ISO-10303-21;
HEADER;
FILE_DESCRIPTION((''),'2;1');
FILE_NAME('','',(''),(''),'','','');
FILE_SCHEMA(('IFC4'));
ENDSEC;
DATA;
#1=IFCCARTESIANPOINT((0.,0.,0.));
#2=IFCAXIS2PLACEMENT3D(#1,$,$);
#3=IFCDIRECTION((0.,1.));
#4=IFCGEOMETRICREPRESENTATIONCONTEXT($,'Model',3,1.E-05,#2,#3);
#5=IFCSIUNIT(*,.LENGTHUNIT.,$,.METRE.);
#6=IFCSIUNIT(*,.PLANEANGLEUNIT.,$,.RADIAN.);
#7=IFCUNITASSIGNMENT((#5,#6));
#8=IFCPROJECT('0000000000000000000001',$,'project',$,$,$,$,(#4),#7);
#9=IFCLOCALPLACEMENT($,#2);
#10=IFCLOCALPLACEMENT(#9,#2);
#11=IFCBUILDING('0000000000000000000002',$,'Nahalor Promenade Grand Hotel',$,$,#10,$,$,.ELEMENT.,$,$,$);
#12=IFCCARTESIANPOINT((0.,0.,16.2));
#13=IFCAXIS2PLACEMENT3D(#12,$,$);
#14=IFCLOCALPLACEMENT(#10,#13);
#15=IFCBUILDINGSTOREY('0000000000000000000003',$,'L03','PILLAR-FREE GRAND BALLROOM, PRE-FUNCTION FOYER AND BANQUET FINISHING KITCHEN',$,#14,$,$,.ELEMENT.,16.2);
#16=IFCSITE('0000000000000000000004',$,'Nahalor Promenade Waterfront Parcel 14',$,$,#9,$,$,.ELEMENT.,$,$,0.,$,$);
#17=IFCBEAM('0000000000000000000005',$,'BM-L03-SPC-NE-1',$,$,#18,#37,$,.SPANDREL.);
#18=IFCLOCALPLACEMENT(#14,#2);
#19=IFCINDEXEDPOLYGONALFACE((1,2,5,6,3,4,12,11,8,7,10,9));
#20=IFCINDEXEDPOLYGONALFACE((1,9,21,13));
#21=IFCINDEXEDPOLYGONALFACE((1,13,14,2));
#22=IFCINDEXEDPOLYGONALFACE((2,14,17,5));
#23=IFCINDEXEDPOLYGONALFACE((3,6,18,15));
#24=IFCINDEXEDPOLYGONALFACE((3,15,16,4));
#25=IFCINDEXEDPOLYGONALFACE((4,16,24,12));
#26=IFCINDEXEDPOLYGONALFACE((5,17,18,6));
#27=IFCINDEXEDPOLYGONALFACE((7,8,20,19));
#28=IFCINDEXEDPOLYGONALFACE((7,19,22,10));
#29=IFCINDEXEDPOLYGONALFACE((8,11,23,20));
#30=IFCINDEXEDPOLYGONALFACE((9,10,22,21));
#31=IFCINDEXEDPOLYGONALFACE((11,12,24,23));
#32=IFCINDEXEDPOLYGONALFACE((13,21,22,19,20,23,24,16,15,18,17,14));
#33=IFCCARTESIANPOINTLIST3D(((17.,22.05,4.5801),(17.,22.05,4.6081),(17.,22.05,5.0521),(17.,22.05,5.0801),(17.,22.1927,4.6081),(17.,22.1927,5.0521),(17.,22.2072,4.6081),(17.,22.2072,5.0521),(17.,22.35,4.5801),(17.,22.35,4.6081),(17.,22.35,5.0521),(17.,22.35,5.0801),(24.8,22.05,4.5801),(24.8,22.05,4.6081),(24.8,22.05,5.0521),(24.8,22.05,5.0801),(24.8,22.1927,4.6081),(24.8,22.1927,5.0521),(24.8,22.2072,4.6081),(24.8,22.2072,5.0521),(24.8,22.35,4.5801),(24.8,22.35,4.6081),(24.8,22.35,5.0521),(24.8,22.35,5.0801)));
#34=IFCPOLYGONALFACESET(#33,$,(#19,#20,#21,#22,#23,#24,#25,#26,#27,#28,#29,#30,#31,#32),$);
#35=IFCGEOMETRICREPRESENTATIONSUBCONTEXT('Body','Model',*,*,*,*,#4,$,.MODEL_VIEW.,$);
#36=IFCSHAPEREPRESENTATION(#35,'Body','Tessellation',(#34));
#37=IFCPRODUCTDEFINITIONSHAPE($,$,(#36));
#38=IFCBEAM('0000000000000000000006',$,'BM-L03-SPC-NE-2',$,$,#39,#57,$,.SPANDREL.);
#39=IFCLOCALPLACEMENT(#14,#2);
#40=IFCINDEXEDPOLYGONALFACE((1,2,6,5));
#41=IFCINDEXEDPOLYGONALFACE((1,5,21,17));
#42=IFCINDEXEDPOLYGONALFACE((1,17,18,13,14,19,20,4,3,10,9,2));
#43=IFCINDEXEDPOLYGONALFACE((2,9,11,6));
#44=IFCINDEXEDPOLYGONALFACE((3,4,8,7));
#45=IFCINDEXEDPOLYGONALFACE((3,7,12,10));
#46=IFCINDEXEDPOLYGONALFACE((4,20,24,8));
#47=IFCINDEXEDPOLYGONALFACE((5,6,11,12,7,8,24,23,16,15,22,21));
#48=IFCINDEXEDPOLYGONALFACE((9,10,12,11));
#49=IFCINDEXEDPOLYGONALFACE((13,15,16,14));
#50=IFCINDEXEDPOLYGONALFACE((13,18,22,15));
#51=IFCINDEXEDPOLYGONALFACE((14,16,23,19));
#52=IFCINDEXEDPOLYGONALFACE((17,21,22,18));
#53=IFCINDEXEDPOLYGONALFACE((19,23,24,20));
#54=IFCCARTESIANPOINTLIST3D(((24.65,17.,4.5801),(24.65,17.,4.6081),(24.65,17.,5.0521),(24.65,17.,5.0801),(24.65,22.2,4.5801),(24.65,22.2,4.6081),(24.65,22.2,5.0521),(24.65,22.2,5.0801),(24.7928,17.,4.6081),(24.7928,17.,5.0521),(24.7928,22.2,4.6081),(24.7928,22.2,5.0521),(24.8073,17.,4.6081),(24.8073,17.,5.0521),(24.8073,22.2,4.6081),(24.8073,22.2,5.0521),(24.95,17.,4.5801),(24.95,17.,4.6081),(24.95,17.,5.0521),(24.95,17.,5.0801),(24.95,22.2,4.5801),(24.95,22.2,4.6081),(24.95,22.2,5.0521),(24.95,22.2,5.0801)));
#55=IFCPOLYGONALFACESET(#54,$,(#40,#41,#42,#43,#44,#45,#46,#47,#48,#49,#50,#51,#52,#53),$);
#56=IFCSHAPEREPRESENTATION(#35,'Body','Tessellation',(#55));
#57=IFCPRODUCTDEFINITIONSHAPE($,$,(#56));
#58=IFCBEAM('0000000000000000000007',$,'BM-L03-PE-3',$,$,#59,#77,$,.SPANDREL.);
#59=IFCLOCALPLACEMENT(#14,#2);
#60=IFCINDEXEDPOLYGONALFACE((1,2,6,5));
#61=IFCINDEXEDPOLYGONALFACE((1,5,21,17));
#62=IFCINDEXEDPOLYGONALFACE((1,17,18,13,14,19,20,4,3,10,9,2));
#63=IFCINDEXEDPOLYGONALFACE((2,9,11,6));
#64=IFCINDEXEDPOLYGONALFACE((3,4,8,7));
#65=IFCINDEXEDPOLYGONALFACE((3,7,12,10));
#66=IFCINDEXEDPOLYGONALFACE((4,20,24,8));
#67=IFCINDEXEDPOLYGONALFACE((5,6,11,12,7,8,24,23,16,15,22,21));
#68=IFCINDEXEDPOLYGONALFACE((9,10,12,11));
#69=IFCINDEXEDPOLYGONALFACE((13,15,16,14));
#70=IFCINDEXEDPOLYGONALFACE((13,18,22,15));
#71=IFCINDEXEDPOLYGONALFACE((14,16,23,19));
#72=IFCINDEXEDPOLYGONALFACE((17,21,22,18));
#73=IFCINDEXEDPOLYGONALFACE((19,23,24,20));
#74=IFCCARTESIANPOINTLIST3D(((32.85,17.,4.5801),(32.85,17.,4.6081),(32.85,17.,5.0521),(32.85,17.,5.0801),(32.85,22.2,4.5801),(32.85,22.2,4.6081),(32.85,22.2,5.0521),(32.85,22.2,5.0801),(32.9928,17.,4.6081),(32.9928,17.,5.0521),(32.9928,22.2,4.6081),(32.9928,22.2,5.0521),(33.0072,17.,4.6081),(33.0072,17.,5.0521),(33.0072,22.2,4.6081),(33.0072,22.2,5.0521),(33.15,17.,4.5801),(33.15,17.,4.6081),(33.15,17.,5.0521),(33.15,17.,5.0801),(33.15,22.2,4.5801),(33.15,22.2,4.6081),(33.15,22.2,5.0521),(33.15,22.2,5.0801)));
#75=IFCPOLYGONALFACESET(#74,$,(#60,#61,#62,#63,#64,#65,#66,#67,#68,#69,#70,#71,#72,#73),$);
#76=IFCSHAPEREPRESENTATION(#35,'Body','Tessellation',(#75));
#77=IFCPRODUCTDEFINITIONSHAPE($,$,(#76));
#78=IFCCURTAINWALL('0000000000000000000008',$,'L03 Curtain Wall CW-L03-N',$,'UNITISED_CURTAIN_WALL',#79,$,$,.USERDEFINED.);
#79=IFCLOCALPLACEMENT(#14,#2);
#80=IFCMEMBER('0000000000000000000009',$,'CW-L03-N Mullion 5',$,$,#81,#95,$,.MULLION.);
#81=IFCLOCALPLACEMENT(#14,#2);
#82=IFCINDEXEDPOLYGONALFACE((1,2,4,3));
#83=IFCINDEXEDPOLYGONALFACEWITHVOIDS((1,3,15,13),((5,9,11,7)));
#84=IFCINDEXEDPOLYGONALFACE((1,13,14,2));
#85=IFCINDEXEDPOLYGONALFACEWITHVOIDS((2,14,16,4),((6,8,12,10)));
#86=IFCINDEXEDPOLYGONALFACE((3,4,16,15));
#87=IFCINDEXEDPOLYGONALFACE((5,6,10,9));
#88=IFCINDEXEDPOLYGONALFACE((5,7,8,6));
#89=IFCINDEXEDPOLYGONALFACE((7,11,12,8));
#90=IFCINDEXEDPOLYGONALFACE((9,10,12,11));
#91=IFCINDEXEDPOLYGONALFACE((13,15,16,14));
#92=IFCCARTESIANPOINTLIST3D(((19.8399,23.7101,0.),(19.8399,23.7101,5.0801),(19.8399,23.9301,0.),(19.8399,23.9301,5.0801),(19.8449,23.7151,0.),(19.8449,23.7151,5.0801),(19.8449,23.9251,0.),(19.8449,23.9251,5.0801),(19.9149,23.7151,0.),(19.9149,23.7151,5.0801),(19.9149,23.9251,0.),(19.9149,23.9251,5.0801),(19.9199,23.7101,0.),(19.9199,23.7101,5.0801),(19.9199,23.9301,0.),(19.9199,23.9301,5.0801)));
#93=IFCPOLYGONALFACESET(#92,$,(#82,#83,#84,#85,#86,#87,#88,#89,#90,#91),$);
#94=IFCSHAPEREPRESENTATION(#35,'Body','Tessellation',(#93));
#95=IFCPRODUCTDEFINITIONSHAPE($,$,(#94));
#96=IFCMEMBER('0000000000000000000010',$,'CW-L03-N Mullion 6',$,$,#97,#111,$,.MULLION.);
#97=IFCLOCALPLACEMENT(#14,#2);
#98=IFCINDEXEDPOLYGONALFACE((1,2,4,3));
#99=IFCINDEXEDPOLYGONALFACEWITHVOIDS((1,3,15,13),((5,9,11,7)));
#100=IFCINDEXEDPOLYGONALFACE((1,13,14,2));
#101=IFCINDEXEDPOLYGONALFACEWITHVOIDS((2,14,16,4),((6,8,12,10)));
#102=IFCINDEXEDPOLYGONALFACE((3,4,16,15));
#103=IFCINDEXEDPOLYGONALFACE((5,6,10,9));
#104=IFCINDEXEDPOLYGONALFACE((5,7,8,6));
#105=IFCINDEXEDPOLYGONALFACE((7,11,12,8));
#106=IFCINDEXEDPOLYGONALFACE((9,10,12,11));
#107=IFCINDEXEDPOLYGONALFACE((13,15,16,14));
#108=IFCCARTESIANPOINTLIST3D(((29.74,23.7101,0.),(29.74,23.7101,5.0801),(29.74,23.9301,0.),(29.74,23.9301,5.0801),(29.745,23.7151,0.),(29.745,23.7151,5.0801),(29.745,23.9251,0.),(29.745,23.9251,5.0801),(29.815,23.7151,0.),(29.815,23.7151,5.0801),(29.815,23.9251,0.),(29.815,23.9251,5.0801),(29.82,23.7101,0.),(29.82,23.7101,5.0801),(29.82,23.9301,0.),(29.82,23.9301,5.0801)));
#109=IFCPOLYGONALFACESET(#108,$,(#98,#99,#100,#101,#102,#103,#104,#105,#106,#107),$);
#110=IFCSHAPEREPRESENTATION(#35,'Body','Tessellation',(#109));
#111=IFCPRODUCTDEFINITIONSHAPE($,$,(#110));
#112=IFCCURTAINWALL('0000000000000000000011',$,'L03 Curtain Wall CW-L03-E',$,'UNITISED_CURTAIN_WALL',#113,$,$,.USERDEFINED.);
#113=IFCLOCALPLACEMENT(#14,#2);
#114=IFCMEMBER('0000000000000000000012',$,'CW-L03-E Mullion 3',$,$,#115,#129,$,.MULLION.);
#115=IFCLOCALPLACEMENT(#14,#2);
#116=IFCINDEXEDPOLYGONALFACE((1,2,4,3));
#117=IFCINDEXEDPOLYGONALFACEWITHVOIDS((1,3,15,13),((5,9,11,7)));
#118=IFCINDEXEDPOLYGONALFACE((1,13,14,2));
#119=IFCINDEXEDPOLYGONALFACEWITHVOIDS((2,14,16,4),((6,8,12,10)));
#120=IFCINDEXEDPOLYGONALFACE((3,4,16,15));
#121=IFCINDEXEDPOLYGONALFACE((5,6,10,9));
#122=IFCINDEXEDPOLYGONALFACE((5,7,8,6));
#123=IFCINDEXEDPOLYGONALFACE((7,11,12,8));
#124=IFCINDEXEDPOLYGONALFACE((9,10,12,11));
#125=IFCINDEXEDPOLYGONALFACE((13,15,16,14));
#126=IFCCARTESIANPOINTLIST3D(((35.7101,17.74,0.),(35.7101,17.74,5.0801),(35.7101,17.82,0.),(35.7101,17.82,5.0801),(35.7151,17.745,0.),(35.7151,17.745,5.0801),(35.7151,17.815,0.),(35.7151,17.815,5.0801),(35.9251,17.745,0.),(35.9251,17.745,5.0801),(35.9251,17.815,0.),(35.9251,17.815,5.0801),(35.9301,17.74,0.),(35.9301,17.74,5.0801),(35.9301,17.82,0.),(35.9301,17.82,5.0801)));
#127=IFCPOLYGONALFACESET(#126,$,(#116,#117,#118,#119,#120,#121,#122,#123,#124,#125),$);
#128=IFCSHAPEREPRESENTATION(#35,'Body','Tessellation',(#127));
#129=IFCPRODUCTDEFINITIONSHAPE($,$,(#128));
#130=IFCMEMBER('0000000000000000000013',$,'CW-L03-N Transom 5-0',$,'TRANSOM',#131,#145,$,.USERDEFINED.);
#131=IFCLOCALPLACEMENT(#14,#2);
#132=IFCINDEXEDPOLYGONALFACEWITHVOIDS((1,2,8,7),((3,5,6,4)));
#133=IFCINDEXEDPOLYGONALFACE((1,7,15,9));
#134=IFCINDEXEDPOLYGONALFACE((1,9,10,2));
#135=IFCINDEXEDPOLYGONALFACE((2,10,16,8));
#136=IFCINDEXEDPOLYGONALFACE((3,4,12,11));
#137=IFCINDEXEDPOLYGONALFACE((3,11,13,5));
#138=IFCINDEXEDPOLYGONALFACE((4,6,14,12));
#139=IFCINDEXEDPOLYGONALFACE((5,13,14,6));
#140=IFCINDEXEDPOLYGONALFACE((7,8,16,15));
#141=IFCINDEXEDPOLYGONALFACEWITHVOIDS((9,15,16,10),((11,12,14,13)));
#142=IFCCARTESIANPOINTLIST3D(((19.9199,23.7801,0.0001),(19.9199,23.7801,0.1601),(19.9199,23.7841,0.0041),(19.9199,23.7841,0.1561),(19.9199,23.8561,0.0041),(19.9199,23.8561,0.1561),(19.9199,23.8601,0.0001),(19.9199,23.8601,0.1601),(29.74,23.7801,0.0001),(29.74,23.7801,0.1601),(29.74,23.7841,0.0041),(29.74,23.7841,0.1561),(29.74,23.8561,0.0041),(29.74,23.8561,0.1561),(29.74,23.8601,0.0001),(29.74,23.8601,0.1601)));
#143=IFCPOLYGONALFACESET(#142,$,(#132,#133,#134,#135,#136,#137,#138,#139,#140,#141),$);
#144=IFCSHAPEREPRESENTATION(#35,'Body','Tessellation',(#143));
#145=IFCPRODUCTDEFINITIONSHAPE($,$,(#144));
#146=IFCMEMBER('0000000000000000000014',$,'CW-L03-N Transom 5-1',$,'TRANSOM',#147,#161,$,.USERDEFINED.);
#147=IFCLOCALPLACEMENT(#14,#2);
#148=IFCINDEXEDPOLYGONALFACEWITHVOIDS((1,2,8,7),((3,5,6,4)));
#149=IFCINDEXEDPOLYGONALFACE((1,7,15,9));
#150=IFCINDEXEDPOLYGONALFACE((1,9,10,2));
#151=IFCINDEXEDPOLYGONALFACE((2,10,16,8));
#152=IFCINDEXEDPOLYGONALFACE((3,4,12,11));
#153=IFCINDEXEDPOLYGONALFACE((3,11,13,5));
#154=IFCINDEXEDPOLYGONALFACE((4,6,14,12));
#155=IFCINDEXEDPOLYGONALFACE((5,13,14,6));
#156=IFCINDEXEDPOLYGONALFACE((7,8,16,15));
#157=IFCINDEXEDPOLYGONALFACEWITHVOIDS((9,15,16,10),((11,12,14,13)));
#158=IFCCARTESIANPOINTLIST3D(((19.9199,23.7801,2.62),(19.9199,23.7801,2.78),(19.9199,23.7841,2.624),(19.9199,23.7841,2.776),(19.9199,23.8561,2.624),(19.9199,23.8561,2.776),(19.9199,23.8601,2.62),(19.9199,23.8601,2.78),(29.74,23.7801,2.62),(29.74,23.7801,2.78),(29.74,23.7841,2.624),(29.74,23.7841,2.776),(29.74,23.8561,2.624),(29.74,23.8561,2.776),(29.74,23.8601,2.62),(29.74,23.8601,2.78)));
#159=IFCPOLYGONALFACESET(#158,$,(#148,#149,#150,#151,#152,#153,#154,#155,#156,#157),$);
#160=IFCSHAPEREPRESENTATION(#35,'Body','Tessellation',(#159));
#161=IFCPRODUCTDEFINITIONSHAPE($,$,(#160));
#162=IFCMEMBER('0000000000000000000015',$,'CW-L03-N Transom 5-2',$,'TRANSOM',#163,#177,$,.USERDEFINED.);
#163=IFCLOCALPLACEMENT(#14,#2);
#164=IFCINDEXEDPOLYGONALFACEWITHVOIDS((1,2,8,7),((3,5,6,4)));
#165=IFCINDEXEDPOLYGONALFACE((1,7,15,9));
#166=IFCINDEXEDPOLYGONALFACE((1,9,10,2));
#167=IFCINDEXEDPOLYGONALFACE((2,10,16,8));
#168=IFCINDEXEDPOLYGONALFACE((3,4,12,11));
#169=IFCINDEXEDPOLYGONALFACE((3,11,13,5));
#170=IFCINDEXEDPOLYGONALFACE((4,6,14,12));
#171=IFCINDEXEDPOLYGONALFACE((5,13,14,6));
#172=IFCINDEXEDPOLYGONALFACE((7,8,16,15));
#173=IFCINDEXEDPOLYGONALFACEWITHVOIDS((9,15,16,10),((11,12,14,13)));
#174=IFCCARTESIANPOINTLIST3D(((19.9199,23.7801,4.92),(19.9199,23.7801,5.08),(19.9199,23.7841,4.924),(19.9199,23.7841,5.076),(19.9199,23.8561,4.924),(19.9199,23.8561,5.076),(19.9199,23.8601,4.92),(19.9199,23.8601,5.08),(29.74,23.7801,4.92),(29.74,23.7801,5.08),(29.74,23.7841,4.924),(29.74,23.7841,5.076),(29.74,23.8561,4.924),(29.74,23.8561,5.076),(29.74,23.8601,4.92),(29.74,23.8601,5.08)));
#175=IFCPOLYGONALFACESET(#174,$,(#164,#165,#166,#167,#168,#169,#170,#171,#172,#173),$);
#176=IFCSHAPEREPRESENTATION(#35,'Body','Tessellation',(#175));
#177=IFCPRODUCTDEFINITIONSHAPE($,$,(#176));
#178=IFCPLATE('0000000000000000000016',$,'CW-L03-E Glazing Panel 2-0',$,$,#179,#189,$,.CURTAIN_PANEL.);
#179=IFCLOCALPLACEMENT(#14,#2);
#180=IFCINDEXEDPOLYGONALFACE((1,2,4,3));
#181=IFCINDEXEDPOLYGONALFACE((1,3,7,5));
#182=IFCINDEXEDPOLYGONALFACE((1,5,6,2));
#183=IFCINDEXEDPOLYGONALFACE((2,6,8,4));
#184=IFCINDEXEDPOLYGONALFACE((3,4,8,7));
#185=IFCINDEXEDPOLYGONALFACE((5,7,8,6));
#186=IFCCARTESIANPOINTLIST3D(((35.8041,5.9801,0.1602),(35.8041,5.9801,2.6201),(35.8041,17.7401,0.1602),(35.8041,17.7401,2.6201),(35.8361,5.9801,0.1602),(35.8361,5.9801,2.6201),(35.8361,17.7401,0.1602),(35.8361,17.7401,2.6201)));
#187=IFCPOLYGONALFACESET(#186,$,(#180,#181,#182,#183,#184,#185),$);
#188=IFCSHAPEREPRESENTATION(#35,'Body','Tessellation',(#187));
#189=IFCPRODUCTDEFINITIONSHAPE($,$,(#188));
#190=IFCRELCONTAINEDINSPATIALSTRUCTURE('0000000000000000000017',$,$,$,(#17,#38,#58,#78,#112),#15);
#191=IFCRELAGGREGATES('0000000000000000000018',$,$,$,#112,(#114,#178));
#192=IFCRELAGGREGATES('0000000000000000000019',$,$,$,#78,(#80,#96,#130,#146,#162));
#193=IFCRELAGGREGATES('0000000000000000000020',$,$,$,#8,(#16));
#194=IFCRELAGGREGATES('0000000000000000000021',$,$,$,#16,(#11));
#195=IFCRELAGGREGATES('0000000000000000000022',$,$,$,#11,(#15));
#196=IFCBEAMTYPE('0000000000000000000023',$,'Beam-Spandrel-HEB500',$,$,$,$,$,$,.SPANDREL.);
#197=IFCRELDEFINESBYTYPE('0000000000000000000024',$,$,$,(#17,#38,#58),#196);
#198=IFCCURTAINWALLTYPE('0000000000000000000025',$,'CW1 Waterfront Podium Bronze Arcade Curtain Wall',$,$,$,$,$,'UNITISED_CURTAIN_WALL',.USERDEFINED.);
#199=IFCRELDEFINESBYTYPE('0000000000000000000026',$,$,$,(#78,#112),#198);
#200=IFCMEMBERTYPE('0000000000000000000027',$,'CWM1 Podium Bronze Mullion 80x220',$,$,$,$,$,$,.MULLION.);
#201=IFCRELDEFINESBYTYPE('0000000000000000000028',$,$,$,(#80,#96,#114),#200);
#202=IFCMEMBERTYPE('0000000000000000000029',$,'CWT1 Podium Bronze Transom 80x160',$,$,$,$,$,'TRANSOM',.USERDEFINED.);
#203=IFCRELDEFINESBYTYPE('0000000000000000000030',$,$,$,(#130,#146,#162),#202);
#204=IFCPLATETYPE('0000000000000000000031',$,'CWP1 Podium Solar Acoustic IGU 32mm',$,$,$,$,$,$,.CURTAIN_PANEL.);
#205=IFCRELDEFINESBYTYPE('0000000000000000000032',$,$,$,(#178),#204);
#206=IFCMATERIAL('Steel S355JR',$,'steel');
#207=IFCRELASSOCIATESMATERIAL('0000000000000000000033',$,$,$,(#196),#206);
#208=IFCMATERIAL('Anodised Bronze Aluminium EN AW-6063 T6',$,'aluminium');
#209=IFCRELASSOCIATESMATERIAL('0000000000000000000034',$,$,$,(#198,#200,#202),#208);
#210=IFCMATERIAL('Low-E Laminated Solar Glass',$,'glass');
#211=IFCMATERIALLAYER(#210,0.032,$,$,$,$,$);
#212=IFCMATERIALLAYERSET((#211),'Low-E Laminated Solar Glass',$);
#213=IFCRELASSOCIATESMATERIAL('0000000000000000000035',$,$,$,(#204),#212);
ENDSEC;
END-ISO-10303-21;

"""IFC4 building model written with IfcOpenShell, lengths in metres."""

from ifc_helpers import new_model, si_unit, direction, frame, origin, origin_2d, place, context, subcontext, project, spatial, rectangle, hollow_rectangle, i_section, extrude, source, transform, mapped, material, layer, layer_set, material_profile, profile_set, type_object, element, aggregate, save


model = new_model("IFC4")

# Units and contexts
model_context = context("Model", 3, precision=1e-05, world=origin(), true_north=direction((0.0, 1.0)))
body_context = subcontext(model_context, "Body", "Model", "MODEL_VIEW")
ifc_project = project(units=[si_unit("LENGTHUNIT", "METRE"), si_unit("PLANEANGLEUNIT", "RADIAN")], contexts=[model_context])

# Site, building, storey
site_placement = place(None, origin())
site = spatial("IfcSite", under=ifc_project, at=site_placement, Name="Nahalor Promenade Waterfront Parcel 14", CompositionType="ELEMENT", RefElevation=0.0)
building_placement = place(site_placement, origin())
building = spatial("IfcBuilding", under=site, at=building_placement, Name="Nahalor Promenade Grand Hotel", CompositionType="ELEMENT")
storey_placement = place(building_placement, frame((0.0, 0.0, 16.2)))
storey = spatial("IfcBuildingStorey", under=building, at=storey_placement, Name="L03", Description="PILLAR-FREE GRAND BALLROOM, PRE-FUNCTION FOYER AND BANQUET FINISHING KITCHEN", CompositionType="ELEMENT", Elevation=16.2)

# Beams
ifc_material_1 = material(Name="Steel S355JR", Category="steel")
ifc_material_profile_1 = material_profile(ifc_material_1, i_section(OverallWidth=0.3, OverallDepth=0.5, WebThickness=0.0145, FlangeThickness=0.028, at=origin_2d()), Name="HEB 500")
ifc_profile_set_1 = profile_set([ifc_material_profile_1], Name="Steel S355JR")
beam_type_1 = type_object("IfcBeamType", Name="Beam-Spandrel-HEB500", PredefinedType="SPANDREL", material=ifc_profile_set_1)
shared_shape_1 = source(origin(), body_context, "Body", "SweptSolid", [
    extrude(i_section(OverallWidth=0.3, OverallDepth=0.5, WebThickness=0.0145, FlangeThickness=0.028, at=origin_2d()), origin(), (0.0, 0.0, 1.0), 7.8),
])
beam_1_placement = place(storey_placement, frame((17.0, 22.2, 4.8301), z_axis=(1.0, 0.0, 0.0), x_axis=(0.0, 1.0, 0.0)))
element("IfcBeam", 1, at=beam_1_placement, inside=storey, type_object=beam_type_1, Name="BM-L03-SPC-NE-1", PredefinedType="SPANDREL", context=body_context, shape_type="MappedRepresentation", body=[
    mapped(shared_shape_1, transform((0.0, 0.0, 0.0), scale=1.0)),
])
shared_shape_2 = source(origin(), body_context, "Body", "SweptSolid", [
    extrude(i_section(OverallWidth=0.3, OverallDepth=0.5, WebThickness=0.0145, FlangeThickness=0.028, at=origin_2d()), origin(), (0.0, 0.0, 1.0), 5.2),
])
for number, where, z_axis, x_axis, name in (
    (2, (24.8, 22.2, 4.8301), (0.0, -1.0, 0.0), (1.0, 0.0, 0.0), "BM-L03-SPC-NE-2"),
    (3, (33.0, 17.0, 4.8301), (0.0, 1.0, 0.0), (-1.0, 0.0, 0.0), "BM-L03-PE-3"),
):
    element("IfcBeam", number, at=place(storey_placement, frame(where, z_axis=z_axis, x_axis=x_axis)), inside=storey, type_object=beam_type_1, Name=name, PredefinedType="SPANDREL", context=body_context, shape_type="MappedRepresentation", body=[
        mapped(shared_shape_2, transform((0.0, 0.0, 0.0), scale=1.0)),
    ])

# Curtain wall, members
ifc_material_2 = material(Name="Anodised Bronze Aluminium EN AW-6063 T6", Category="aluminium")
curtain_wall_type = type_object("IfcCurtainWallType", Name="CW1 Waterfront Podium Bronze Arcade Curtain Wall", ElementType="UNITISED_CURTAIN_WALL", PredefinedType="USERDEFINED", material=ifc_material_2)
curtain_wall_1_placement = place(storey_placement, origin())
curtain_wall_1 = element("IfcCurtainWall", 4, at=curtain_wall_1_placement, inside=storey, type_object=curtain_wall_type, Name="L03 Curtain Wall CW-L03-N", ObjectType="UNITISED_CURTAIN_WALL", PredefinedType="USERDEFINED")
ifc_material_profile_2 = material_profile(ifc_material_2, hollow_rectangle(XDim=0.08, YDim=0.22, WallThickness=0.005, at=origin_2d()), Name="CWM 80x220x5")
ifc_profile_set_2 = profile_set([ifc_material_profile_2], Name="Anodised Bronze Aluminium EN AW-6063 T6")
member_type_1 = type_object("IfcMemberType", Name="CWM1 Podium Bronze Mullion 80x220", PredefinedType="MULLION", material=ifc_profile_set_2)
shared_shape_3 = source(origin(), body_context, "Body", "SweptSolid", [
    extrude(hollow_rectangle(XDim=0.08, YDim=0.22, WallThickness=0.005, at=origin_2d()), origin(), (0.0, 0.0, 1.0), 5.0801),
])
member_1_placement = place(storey_placement, frame((19.8799, 23.8201, 0.0), z_axis=(0.0, 0.0, 1.0), x_axis=(1.0, 0.0, 0.0)))
member_1 = element("IfcMember", 5, at=member_1_placement, type_object=member_type_1, Name="CW-L03-N Mullion 5", PredefinedType="MULLION", context=body_context, shape_type="MappedRepresentation", body=[
    mapped(shared_shape_3, transform((0.0, 0.0, 0.0), scale=1.0)),
])
member_2_placement = place(storey_placement, frame((29.78, 23.8201, 0.0), z_axis=(0.0, 0.0, 1.0), x_axis=(1.0, 0.0, 0.0)))
member_2 = element("IfcMember", 6, at=member_2_placement, type_object=member_type_1, Name="CW-L03-N Mullion 6", PredefinedType="MULLION", context=body_context, shape_type="MappedRepresentation", body=[
    mapped(shared_shape_3, transform((0.0, 0.0, 0.0), scale=1.0)),
])

# Curtain wall, member
curtain_wall_2_placement = place(storey_placement, origin())
curtain_wall_2 = element("IfcCurtainWall", 7, at=curtain_wall_2_placement, inside=storey, type_object=curtain_wall_type, Name="L03 Curtain Wall CW-L03-E", ObjectType="UNITISED_CURTAIN_WALL", PredefinedType="USERDEFINED")
member_3_placement = place(storey_placement, frame((35.8201, 17.78, 0.0), z_axis=(0.0, 0.0, 1.0), x_axis=(0.0, 1.0, 0.0)))
member_3 = element("IfcMember", 8, at=member_3_placement, type_object=member_type_1, Name="CW-L03-E Mullion 3", PredefinedType="MULLION", context=body_context, shape_type="MappedRepresentation", body=[
    mapped(shared_shape_3, transform((0.0, 0.0, 0.0), scale=1.0)),
])

# Members
ifc_material_profile_3 = material_profile(ifc_material_2, hollow_rectangle(XDim=0.08, YDim=0.16, WallThickness=0.004, at=origin_2d()), Name="CWT 80x160x4")
ifc_profile_set_3 = profile_set([ifc_material_profile_3], Name="Anodised Bronze Aluminium EN AW-6063 T6")
member_type_2 = type_object("IfcMemberType", Name="CWT1 Podium Bronze Transom 80x160", ElementType="TRANSOM", PredefinedType="USERDEFINED", material=ifc_profile_set_3)
shared_shape_4 = source(origin(), body_context, "Body", "SweptSolid", [
    extrude(hollow_rectangle(XDim=0.08, YDim=0.16, WallThickness=0.004, at=origin_2d()), origin(), (0.0, 0.0, 1.0), 9.8201),
])
member_4_placement = place(storey_placement, frame((19.9199, 23.8201, 0.0801), z_axis=(1.0, 0.0, 0.0), x_axis=(0.0, 1.0, 0.0)))
member_4 = element("IfcMember", 9, at=member_4_placement, type_object=member_type_2, Name="CW-L03-N Transom 5-0", ObjectType="TRANSOM", PredefinedType="USERDEFINED", context=body_context, shape_type="MappedRepresentation", body=[
    mapped(shared_shape_4, transform((0.0, 0.0, 0.0), scale=1.0)),
])
member_5_placement = place(storey_placement, frame((19.9199, 23.8201, 2.7), z_axis=(1.0, 0.0, 0.0), x_axis=(0.0, 1.0, 0.0)))
member_5 = element("IfcMember", 10, at=member_5_placement, type_object=member_type_2, Name="CW-L03-N Transom 5-1", ObjectType="TRANSOM", PredefinedType="USERDEFINED", context=body_context, shape_type="MappedRepresentation", body=[
    mapped(shared_shape_4, transform((0.0, 0.0, 0.0), scale=1.0)),
])
member_6_placement = place(storey_placement, frame((19.9199, 23.8201, 5.0), z_axis=(1.0, 0.0, 0.0), x_axis=(0.0, 1.0, 0.0)))
member_6 = element("IfcMember", 11, at=member_6_placement, type_object=member_type_2, Name="CW-L03-N Transom 5-2", ObjectType="TRANSOM", PredefinedType="USERDEFINED", context=body_context, shape_type="MappedRepresentation", body=[
    mapped(shared_shape_4, transform((0.0, 0.0, 0.0), scale=1.0)),
])

# Plate
ifc_material_3 = material(Name="Low-E Laminated Solar Glass", Category="glass")
ifc_layer_1 = layer(ifc_material_3, 0.032)
ifc_layer_set_1 = layer_set([ifc_layer_1], Name="Low-E Laminated Solar Glass")
plate_type = type_object("IfcPlateType", Name="CWP1 Podium Solar Acoustic IGU 32mm", PredefinedType="CURTAIN_PANEL", material=ifc_layer_set_1)
shared_shape_5 = source(origin(), body_context, "Body", "SweptSolid", [
    extrude(rectangle(XDim=11.76, YDim=0.032, at=origin_2d()), origin(), (0.0, 0.0, 1.0), 2.46),
])
plate_1_placement = place(storey_placement, frame((35.8201, 11.8601, 0.1602), z_axis=(0.0, 0.0, 1.0), x_axis=(0.0, 1.0, 0.0)))
plate_1 = element("IfcPlate", 12, at=plate_1_placement, type_object=plate_type, Name="CW-L03-E Glazing Panel 2-0", PredefinedType="CURTAIN_PANEL", context=body_context, shape_type="MappedRepresentation", body=[
    mapped(shared_shape_5, transform((0.0, 0.0, 0.0), scale=1.0)),
])
aggregate(curtain_wall_2, [member_3, plate_1])
aggregate(curtain_wall_1, [member_1, member_2, member_4, member_5, member_6])

save(model, "model.ifc")
